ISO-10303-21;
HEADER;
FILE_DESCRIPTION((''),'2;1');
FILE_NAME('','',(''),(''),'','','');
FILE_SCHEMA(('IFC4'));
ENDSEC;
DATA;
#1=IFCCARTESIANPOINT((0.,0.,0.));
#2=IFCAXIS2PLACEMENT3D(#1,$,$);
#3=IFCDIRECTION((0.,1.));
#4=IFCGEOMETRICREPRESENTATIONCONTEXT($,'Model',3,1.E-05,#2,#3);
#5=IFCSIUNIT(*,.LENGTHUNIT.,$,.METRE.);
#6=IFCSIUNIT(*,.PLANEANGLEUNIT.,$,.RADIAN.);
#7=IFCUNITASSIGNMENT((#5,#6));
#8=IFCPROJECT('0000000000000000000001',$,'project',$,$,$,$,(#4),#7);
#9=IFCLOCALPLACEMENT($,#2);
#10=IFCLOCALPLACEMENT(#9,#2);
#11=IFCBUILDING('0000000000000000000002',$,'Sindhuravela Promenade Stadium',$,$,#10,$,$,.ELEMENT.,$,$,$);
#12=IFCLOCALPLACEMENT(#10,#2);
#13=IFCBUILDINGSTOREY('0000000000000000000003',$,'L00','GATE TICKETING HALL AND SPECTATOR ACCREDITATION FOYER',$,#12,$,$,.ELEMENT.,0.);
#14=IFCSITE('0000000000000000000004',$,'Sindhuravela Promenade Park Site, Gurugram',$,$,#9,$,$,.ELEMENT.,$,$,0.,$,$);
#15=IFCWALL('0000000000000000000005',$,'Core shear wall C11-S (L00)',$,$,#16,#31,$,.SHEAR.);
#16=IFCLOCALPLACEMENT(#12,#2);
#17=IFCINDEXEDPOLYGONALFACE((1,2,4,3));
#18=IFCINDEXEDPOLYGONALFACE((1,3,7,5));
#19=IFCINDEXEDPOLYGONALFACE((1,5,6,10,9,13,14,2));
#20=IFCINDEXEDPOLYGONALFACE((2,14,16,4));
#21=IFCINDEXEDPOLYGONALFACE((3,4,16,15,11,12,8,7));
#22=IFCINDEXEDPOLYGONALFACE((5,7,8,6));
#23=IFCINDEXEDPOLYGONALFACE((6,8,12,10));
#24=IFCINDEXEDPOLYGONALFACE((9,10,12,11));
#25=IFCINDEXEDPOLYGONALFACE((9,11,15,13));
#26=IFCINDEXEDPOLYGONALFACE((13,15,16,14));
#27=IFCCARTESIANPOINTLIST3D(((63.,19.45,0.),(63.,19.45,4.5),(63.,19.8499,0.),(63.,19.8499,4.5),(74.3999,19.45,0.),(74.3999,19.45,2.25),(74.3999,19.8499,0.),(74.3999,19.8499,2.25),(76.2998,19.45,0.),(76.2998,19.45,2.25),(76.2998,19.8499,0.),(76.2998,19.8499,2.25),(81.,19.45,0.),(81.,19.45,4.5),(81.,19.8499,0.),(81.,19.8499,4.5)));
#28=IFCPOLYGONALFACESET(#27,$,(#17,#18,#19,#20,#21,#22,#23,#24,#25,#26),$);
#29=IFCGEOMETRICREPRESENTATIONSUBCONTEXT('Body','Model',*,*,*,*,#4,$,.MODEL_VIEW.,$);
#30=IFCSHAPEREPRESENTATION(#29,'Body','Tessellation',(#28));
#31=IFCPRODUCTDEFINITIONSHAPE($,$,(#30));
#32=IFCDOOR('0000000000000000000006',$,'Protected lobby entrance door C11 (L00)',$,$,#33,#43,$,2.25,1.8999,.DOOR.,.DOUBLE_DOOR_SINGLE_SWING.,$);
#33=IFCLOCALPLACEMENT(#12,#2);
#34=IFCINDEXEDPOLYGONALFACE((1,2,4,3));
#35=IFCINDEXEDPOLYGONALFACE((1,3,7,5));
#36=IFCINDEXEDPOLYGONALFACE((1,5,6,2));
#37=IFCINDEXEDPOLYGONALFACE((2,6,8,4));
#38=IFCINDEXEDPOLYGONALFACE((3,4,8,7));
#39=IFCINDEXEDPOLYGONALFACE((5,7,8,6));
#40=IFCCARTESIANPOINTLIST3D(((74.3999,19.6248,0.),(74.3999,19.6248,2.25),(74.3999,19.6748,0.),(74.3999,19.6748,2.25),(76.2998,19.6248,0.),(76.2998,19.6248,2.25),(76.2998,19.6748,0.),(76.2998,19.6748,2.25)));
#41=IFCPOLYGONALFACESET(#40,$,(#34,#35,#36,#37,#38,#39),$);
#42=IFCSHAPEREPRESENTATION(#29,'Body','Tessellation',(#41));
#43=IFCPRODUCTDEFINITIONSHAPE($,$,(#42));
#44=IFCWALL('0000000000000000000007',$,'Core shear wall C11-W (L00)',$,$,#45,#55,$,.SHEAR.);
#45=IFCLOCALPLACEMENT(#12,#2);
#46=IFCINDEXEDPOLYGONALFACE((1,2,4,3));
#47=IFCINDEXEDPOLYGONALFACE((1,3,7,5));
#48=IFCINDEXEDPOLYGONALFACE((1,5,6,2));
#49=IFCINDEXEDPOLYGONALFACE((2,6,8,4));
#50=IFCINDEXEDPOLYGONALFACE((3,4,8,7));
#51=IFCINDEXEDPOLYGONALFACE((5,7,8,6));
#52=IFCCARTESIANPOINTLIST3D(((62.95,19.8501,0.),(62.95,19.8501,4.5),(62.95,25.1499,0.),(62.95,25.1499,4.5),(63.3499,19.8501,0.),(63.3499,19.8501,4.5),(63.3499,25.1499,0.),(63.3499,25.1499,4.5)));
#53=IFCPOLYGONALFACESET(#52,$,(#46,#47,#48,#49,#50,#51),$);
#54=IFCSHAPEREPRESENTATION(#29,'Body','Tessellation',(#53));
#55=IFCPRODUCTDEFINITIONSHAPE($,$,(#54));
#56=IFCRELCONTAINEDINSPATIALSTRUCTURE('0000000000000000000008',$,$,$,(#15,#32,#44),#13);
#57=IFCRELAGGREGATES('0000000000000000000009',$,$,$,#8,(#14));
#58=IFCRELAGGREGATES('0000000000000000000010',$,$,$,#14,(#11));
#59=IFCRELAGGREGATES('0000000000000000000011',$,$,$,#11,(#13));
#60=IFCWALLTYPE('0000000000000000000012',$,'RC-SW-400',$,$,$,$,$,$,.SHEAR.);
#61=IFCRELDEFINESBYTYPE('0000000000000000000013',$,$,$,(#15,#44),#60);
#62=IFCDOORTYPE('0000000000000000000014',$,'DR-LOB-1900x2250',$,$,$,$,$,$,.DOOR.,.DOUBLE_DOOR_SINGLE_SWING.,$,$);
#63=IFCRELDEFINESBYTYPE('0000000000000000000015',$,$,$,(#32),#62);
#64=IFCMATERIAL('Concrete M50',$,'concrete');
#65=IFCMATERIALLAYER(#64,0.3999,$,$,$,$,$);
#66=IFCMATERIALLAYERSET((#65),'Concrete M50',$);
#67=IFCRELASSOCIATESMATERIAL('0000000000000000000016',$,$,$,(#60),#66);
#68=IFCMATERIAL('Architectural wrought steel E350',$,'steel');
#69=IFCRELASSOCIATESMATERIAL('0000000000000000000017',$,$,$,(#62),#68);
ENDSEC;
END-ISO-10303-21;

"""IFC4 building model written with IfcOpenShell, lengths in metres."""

from ifc_helpers import new_model, si_unit, direction, frame, frame_2d, origin, place, context, subcontext, project, spatial, rectangle, extrude, material, layer, layer_set, type_object, element, fill, save


model = new_model("IFC4")

# Units and contexts
model_context = context("Model", 3, precision=1e-05, world=origin(), true_north=direction((0.0, 1.0)))
body_context = subcontext(model_context, "Body", "Model", "MODEL_VIEW")
ifc_project = project(units=[si_unit("LENGTHUNIT", "METRE"), si_unit("PLANEANGLEUNIT", "RADIAN")], contexts=[model_context])

# Site, building, storey
site_placement = place(None, origin())
site = spatial("IfcSite", under=ifc_project, at=site_placement, Name="Sindhuravela Promenade Park Site, Gurugram", CompositionType="ELEMENT", RefElevation=0.0)
building_placement = place(site_placement, origin())
building = spatial("IfcBuilding", under=site, at=building_placement, Name="Sindhuravela Promenade Stadium", CompositionType="ELEMENT")
storey_placement = place(building_placement, origin())
storey = spatial("IfcBuildingStorey", under=building, at=storey_placement, Name="L00", Description="GATE TICKETING HALL AND SPECTATOR ACCREDITATION FOYER", CompositionType="ELEMENT", Elevation=0.0)

# Shared definitions
ifc_material_1 = material(Name="Concrete M50", Category="concrete")

# Wall, opening, door
ifc_layer_1 = layer(ifc_material_1, 0.3999)
ifc_layer_set_1 = layer_set([ifc_layer_1], Name="Concrete M50")
wall_type_1 = type_object("IfcWallType", Name="RC-SW-400", PredefinedType="SHEAR", material=ifc_layer_set_1)
wall_1_placement = place(storey_placement, frame((63.0, 19.6499, 0.0), z_axis=(0.0, 0.0, 1.0), x_axis=(1.0, 0.0, 0.0)))
wall_1 = element("IfcWall", 1, at=wall_1_placement, inside=storey, type_object=wall_type_1, Name="Core shear wall C11-S (L00)", PredefinedType="SHEAR", context=body_context, shape_type="SweptSolid", body=[
    extrude(rectangle(XDim=18.0, YDim=0.3999, at=frame_2d((9.0, 0.0))), origin(), (0.0, 0.0, 1.0), 4.5),
])
opening_1_placement = place(wall_1_placement, frame((11.3999, 0.0, 0.0)))
opening_1 = element("IfcOpeningElement", 2, at=opening_1_placement, cuts=wall_1, PredefinedType="OPENING", context=body_context, shape_type="SweptSolid", body=[
    extrude(rectangle(XDim=1.8999, YDim=2.25, at=frame_2d((0.95, 1.125))), frame((0.0, 0.21, 0.0), z_axis=(0.0, -1.0, 0.0), x_axis=(1.0, 0.0, 0.0)), (0.0, 0.0, 1.0), 0.4199),
])
ifc_material_2 = material(Name="Architectural wrought steel E350", Category="steel")
door_type_1 = type_object("IfcDoorType", Name="DR-LOB-1900x2250", OperationType="DOUBLE_DOOR_SINGLE_SWING", PredefinedType="DOOR", material=ifc_material_2)
door_1_placement = place(opening_1_placement, origin())
door_1 = element("IfcDoor", 3, at=door_1_placement, inside=storey, type_object=door_type_1, Name="Protected lobby entrance door C11 (L00)", OperationType="DOUBLE_DOOR_SINGLE_SWING", OverallHeight=2.25, OverallWidth=1.8999, PredefinedType="DOOR", context=body_context, shape_type="SweptSolid", body=[
    extrude(rectangle(XDim=1.8999, YDim=2.25, at=frame_2d((0.95, 1.125))), frame((0.0, 0.0249, 0.0), z_axis=(0.0, -1.0, 0.0), x_axis=(1.0, 0.0, 0.0)), (0.0, 0.0, 1.0), 0.05),
])
fill(opening_1, door_1)

# Wall
wall_2_placement = place(storey_placement, frame((63.1499, 25.1499, 0.0), z_axis=(0.0, 0.0, 1.0), x_axis=(0.0, -1.0, 0.0)))
element("IfcWall", 4, at=wall_2_placement, inside=storey, type_object=wall_type_1, Name="Core shear wall C11-W (L00)", PredefinedType="SHEAR", context=body_context, shape_type="SweptSolid", body=[
    extrude(rectangle(XDim=5.2998, YDim=0.3999, at=frame_2d((2.6499, 0.0))), origin(), (0.0, 0.0, 1.0), 4.5),
])

save(model, "model.ifc")
